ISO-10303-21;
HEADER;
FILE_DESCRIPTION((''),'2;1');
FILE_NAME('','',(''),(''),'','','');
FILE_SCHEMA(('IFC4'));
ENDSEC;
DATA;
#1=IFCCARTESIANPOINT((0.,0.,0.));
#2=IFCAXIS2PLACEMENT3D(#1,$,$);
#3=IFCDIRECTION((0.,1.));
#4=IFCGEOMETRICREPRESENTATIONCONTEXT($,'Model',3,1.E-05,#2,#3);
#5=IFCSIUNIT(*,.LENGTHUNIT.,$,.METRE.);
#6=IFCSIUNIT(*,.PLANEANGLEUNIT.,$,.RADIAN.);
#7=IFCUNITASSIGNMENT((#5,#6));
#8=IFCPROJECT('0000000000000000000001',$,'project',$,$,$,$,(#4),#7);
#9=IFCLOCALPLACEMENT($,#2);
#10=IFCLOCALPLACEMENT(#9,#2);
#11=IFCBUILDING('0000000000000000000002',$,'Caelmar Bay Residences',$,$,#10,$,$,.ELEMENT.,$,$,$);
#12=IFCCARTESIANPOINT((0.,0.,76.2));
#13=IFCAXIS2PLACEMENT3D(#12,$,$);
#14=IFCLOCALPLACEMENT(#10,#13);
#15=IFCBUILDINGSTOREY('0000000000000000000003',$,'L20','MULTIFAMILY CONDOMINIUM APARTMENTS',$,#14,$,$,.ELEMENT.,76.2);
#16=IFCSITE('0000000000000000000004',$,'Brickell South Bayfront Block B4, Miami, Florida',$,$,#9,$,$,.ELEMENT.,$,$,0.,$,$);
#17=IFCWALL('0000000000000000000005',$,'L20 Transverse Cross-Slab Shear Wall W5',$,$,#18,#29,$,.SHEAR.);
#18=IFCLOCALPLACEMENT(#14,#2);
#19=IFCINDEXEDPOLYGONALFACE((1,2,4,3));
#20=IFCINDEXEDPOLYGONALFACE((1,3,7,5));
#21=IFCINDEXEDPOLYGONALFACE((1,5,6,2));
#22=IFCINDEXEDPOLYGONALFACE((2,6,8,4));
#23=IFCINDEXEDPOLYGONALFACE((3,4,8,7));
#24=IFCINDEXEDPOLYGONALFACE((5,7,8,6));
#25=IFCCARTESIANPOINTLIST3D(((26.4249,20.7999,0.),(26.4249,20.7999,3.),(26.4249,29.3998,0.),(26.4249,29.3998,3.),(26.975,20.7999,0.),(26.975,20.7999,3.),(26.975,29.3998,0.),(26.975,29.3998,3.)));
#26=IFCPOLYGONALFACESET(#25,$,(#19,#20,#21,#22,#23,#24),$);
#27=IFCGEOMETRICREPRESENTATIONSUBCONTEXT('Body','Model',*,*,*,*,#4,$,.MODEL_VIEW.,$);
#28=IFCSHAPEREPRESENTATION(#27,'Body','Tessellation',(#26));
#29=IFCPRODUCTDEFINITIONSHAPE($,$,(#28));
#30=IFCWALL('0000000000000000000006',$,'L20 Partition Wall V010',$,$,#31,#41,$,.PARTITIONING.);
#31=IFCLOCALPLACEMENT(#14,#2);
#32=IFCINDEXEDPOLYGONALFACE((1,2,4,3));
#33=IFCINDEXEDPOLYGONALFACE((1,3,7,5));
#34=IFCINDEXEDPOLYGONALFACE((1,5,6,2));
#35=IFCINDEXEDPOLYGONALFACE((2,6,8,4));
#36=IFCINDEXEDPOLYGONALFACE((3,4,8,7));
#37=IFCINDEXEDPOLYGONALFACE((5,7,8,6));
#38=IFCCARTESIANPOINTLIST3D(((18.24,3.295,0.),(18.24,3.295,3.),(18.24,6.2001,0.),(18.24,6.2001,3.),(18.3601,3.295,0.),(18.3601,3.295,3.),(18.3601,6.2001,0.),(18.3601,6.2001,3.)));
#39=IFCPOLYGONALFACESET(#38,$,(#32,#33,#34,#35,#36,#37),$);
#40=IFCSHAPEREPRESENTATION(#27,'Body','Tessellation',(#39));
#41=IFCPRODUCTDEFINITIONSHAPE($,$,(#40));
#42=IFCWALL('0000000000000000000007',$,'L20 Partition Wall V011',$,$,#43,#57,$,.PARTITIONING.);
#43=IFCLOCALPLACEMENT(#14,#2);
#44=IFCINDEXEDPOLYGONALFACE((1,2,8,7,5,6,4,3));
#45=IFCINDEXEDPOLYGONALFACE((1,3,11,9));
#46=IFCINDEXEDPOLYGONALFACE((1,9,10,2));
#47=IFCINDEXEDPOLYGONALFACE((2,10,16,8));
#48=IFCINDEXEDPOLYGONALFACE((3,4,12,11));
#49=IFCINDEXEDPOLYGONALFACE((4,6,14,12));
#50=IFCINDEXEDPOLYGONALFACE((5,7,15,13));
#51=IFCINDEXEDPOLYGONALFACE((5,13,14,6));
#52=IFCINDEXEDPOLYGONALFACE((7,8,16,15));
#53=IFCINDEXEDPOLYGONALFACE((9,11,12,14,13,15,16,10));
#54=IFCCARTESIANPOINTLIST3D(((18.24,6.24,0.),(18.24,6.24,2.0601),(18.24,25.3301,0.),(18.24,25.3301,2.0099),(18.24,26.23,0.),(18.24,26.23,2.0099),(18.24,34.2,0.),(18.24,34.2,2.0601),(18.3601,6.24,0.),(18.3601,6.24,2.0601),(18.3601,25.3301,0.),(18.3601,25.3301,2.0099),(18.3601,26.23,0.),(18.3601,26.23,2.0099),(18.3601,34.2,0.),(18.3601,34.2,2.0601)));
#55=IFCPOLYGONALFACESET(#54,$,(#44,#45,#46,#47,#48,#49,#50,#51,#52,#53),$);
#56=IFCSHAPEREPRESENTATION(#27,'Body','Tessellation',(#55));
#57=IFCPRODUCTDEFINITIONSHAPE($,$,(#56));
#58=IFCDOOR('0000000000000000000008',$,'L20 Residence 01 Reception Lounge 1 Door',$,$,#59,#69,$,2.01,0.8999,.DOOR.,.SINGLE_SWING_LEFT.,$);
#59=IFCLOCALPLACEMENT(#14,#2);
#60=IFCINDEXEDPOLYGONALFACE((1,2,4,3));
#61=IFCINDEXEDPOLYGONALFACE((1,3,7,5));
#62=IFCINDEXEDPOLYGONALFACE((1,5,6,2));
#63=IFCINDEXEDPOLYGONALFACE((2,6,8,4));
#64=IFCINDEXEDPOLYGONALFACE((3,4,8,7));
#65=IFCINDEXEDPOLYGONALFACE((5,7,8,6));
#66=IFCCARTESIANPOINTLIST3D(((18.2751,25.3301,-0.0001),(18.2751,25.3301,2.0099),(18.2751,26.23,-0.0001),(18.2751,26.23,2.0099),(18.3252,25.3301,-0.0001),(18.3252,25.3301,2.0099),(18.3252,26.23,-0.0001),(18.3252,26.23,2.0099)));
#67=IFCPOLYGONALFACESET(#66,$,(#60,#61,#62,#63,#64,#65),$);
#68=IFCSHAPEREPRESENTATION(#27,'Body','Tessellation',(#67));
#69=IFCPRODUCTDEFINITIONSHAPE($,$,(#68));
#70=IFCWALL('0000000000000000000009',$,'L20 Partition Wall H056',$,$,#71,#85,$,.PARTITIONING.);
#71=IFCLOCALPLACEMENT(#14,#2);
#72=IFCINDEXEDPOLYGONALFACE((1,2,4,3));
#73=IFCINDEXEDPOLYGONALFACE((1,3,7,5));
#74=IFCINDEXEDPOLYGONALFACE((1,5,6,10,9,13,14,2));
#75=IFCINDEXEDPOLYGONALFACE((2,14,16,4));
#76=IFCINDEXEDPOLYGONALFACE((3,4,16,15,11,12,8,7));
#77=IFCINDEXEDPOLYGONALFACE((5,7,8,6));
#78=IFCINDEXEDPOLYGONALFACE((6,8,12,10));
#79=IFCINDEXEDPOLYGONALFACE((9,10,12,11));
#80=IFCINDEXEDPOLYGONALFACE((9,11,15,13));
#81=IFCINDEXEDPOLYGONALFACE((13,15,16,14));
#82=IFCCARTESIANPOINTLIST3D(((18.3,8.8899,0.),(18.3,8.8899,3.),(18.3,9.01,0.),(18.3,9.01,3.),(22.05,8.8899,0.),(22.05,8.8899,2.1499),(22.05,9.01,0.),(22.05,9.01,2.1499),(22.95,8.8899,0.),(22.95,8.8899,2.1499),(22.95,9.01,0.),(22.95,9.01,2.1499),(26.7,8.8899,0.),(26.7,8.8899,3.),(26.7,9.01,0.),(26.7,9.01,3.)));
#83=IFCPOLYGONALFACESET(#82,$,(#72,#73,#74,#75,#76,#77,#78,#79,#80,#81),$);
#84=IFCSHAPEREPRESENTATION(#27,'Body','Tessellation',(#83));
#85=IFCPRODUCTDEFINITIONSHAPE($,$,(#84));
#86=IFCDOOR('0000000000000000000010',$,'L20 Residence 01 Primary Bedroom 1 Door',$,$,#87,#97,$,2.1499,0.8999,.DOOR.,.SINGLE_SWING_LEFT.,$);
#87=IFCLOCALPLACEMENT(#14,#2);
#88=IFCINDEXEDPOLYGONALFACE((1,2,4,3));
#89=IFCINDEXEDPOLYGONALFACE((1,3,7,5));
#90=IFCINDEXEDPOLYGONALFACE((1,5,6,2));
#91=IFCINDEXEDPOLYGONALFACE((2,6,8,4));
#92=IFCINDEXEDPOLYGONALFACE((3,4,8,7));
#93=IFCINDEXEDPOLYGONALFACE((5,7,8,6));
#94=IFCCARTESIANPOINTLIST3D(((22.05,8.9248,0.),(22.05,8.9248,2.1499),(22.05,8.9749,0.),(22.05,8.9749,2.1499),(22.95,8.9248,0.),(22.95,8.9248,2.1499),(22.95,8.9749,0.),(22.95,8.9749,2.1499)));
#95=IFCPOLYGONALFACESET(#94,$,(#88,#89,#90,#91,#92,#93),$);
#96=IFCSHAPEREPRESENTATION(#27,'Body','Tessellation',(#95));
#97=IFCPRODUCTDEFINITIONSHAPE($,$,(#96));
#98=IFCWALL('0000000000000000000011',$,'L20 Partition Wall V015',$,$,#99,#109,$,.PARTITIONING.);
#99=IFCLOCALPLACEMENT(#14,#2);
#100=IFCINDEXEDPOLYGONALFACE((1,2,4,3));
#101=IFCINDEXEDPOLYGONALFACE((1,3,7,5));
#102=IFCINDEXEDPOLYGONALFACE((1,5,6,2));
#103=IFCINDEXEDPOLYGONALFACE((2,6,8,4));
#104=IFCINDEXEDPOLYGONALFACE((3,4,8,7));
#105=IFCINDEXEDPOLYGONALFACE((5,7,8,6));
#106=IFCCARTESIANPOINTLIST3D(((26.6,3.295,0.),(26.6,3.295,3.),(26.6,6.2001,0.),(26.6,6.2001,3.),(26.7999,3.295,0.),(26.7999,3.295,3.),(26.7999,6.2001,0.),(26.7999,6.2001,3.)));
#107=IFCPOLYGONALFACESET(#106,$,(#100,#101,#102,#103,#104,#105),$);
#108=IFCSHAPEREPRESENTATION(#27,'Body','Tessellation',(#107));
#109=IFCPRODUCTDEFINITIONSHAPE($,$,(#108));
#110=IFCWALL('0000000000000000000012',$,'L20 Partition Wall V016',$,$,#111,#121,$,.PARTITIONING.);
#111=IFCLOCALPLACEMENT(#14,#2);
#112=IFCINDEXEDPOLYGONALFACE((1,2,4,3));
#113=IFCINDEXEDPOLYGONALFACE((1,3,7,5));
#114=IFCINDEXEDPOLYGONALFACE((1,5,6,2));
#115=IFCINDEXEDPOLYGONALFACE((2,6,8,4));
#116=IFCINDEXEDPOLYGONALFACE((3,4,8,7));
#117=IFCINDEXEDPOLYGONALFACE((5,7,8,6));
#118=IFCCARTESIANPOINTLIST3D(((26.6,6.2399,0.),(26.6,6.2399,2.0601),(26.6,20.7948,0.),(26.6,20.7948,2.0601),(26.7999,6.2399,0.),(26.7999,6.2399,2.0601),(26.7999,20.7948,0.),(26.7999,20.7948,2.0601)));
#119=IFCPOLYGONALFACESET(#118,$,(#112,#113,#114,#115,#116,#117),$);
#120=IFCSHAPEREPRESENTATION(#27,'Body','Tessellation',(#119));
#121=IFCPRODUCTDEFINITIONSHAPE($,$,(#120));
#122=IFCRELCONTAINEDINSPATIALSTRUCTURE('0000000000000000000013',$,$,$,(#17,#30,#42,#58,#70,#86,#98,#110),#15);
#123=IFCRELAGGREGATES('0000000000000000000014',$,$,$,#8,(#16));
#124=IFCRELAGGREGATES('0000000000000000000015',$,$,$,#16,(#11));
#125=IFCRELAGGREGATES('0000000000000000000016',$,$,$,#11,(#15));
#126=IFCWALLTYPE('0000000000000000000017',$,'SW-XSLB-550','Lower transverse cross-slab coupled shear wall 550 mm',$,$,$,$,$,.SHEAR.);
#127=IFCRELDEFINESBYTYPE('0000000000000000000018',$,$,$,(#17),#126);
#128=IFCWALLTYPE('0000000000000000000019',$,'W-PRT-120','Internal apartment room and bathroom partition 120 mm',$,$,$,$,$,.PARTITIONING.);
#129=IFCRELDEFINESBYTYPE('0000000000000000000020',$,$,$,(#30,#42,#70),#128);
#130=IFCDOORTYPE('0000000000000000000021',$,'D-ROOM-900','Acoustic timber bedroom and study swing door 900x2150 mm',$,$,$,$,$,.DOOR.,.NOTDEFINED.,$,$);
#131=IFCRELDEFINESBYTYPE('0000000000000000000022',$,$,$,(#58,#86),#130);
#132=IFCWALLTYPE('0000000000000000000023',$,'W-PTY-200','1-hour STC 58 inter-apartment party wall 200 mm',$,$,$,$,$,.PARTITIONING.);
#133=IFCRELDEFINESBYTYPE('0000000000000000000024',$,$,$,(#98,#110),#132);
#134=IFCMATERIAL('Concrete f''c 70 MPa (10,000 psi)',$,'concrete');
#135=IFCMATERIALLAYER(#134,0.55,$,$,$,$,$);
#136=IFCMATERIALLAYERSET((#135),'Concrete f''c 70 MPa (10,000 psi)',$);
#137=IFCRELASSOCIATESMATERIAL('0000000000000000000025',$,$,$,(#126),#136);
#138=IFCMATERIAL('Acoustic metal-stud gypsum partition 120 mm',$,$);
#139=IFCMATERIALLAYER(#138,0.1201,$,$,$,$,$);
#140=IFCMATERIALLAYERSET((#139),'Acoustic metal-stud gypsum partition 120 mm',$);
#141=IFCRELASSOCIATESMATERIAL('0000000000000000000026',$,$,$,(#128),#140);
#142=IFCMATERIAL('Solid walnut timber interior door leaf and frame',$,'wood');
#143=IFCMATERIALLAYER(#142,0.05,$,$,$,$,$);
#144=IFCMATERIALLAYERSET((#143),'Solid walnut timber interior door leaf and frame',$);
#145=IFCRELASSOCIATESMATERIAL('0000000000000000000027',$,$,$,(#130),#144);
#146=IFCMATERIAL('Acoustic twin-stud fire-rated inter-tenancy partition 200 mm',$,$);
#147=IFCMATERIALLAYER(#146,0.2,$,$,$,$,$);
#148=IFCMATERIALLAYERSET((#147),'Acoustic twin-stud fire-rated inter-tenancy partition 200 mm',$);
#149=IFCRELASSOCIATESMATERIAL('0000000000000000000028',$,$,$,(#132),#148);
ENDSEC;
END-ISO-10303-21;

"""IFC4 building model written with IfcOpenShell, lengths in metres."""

from ifc_helpers import new_model, si_unit, direction, frame, frame_2d, origin, place, context, subcontext, project, spatial, rectangle, extrude, material, layer, layer_set, type_object, element, fill, save


model = new_model("IFC4")

# Units and contexts
model_context = context("Model", 3, precision=1e-05, world=origin(), true_north=direction((0.0, 1.0)))
body_context = subcontext(model_context, "Body", "Model", "MODEL_VIEW")
ifc_project = project(units=[si_unit("LENGTHUNIT", "METRE"), si_unit("PLANEANGLEUNIT", "RADIAN")], contexts=[model_context])

# Site, building, storey
site_placement = place(None, origin())
site = spatial("IfcSite", under=ifc_project, at=site_placement, Name="Brickell South Bayfront Block B4, Miami, Florida", CompositionType="ELEMENT", RefElevation=0.0)
building_placement = place(site_placement, origin())
building = spatial("IfcBuilding", under=site, at=building_placement, Name="Caelmar Bay Residences", CompositionType="ELEMENT")
storey_placement = place(building_placement, frame((0.0, 0.0, 76.2)))
storey = spatial("IfcBuildingStorey", under=building, at=storey_placement, Name="L20", Description="MULTIFAMILY CONDOMINIUM APARTMENTS", CompositionType="ELEMENT", Elevation=76.2)

# Shared definitions
ifc_material_1 = material(Name="Concrete f'c 70 MPa (10,000 psi)", Category="concrete")

# Walls
ifc_layer_1 = layer(ifc_material_1, 0.55)
ifc_layer_set_1 = layer_set([ifc_layer_1], Name="Concrete f'c 70 MPa (10,000 psi)")
wall_type_1 = type_object("IfcWallType", Name="SW-XSLB-550", Description="Lower transverse cross-slab coupled shear wall 550 mm", PredefinedType="SHEAR", material=ifc_layer_set_1)
wall_1_placement = place(storey_placement, frame((26.7, 20.8, 0.0), z_axis=(0.0, 0.0, 1.0), x_axis=(0.0, 1.0, 0.0)))
element("IfcWall", 1, at=wall_1_placement, inside=storey, type_object=wall_type_1, Name="L20 Transverse Cross-Slab Shear Wall W5", PredefinedType="SHEAR", context=body_context, shape_type="SweptSolid", body=[
    extrude(rectangle(XDim=8.5999, YDim=0.55, at=frame_2d((4.2998, 0.0))), origin(), (0.0, 0.0, 1.0), 3.0),
])
ifc_material_2 = material(Name="Acoustic metal-stud gypsum partition 120 mm")
ifc_layer_2 = layer(ifc_material_2, 0.1201)
ifc_layer_set_2 = layer_set([ifc_layer_2], Name="Acoustic metal-stud gypsum partition 120 mm")
wall_type_2 = type_object("IfcWallType", Name="W-PRT-120", Description="Internal apartment room and bathroom partition 120 mm", PredefinedType="PARTITIONING", material=ifc_layer_set_2)
wall_2_placement = place(storey_placement, frame((18.3, 3.2949, 0.0), z_axis=(0.0, 0.0, 1.0), x_axis=(0.0, 1.0, 0.0)))
element("IfcWall", 2, at=wall_2_placement, inside=storey, type_object=wall_type_2, Name="L20 Partition Wall V010", PredefinedType="PARTITIONING", context=body_context, shape_type="SweptSolid", body=[
    extrude(rectangle(XDim=2.905, YDim=0.1201, at=frame_2d((1.4526, 0.0))), origin(), (0.0, 0.0, 1.0), 3.0),
])

# Walls, openings, doors
wall_3_placement = place(storey_placement, frame((18.3, 6.24, 0.0), z_axis=(0.0, 0.0, 1.0), x_axis=(0.0, 1.0, 0.0)))
wall_3 = element("IfcWall", 3, at=wall_3_placement, inside=storey, type_object=wall_type_2, Name="L20 Partition Wall V011", PredefinedType="PARTITIONING", context=body_context, shape_type="SweptSolid", body=[
    extrude(rectangle(XDim=27.96, YDim=0.1201, at=frame_2d((13.98, 0.0))), origin(), (0.0, 0.0, 1.0), 2.0601),
])
opening_1_placement = place(wall_3_placement, frame((19.0901, 0.0, 0.0)))
opening_1 = element("IfcOpeningElement", 4, at=opening_1_placement, cuts=wall_3, PredefinedType="OPENING", context=body_context, shape_type="SweptSolid", body=[
    extrude(rectangle(XDim=0.8999, YDim=2.01, at=frame_2d((0.45, 1.0049))), frame((0.0, 0.0701, 0.0), z_axis=(0.0, -1.0, 0.0), x_axis=(1.0, 0.0, 0.0)), (0.0, 0.0, 1.0), 0.1401),
])
ifc_material_3 = material(Name="Solid walnut timber interior door leaf and frame", Category="wood")
ifc_layer_3 = layer(ifc_material_3, 0.05)
ifc_layer_set_3 = layer_set([ifc_layer_3], Name="Solid walnut timber interior door leaf and frame")
door_type = type_object("IfcDoorType", Name="D-ROOM-900", Description="Acoustic timber bedroom and study swing door 900x2150 mm", OperationType="NOTDEFINED", PredefinedType="DOOR", material=ifc_layer_set_3)
door_1_placement = place(opening_1_placement, origin())
door_1 = element("IfcDoor", 5, at=door_1_placement, inside=storey, type_object=door_type, Name="L20 Residence 01 Reception Lounge 1 Door", OperationType="SINGLE_SWING_LEFT", OverallHeight=2.01, OverallWidth=0.8999, PredefinedType="DOOR", context=body_context, shape_type="SweptSolid", body=[
    extrude(rectangle(XDim=0.8999, YDim=2.01, at=frame_2d((0.45, 1.0049))), frame((0.0, 0.0249, 0.0), z_axis=(0.0, -1.0, 0.0), x_axis=(1.0, 0.0, 0.0)), (0.0, 0.0, 1.0), 0.05),
])
fill(opening_1, door_1)
wall_4_placement = place(storey_placement, frame((18.3, 8.95, 0.0), z_axis=(0.0, 0.0, 1.0), x_axis=(1.0, 0.0, 0.0)))
wall_4 = element("IfcWall", 6, at=wall_4_placement, inside=storey, type_object=wall_type_2, Name="L20 Partition Wall H056", PredefinedType="PARTITIONING", context=body_context, shape_type="SweptSolid", body=[
    extrude(rectangle(XDim=8.3999, YDim=0.1201, at=frame_2d((4.2, 0.0))), origin(), (0.0, 0.0, 1.0), 3.0),
])
opening_2_placement = place(wall_4_placement, frame((3.75, 0.0, 0.0)))
opening_2 = element("IfcOpeningElement", 7, at=opening_2_placement, cuts=wall_4, PredefinedType="OPENING", context=body_context, shape_type="SweptSolid", body=[
    extrude(rectangle(XDim=0.8999, YDim=2.1499, at=frame_2d((0.45, 1.075))), frame((0.0, 0.0701, 0.0), z_axis=(0.0, -1.0, 0.0), x_axis=(1.0, 0.0, 0.0)), (0.0, 0.0, 1.0), 0.1401),
])
door_2_placement = place(opening_2_placement, origin())
door_2 = element("IfcDoor", 8, at=door_2_placement, inside=storey, type_object=door_type, Name="L20 Residence 01 Primary Bedroom 1 Door", OperationType="SINGLE_SWING_LEFT", OverallHeight=2.1499, OverallWidth=0.8999, PredefinedType="DOOR", context=body_context, shape_type="SweptSolid", body=[
    extrude(rectangle(XDim=0.8999, YDim=2.1499, at=frame_2d((0.45, 1.075))), frame((0.0, 0.0249, 0.0), z_axis=(0.0, -1.0, 0.0), x_axis=(1.0, 0.0, 0.0)), (0.0, 0.0, 1.0), 0.05),
])
fill(opening_2, door_2)

# Walls
ifc_material_4 = material(Name="Acoustic twin-stud fire-rated inter-tenancy partition 200 mm")
ifc_layer_4 = layer(ifc_material_4, 0.2)
ifc_layer_set_4 = layer_set([ifc_layer_4], Name="Acoustic twin-stud fire-rated inter-tenancy partition 200 mm")
wall_type_3 = type_object("IfcWallType", Name="W-PTY-200", Description="1-hour STC 58 inter-apartment party wall 200 mm", PredefinedType="PARTITIONING", material=ifc_layer_set_4)
wall_5_placement = place(storey_placement, frame((26.7, 3.2949, 0.0), z_axis=(0.0, 0.0, 1.0), x_axis=(0.0, 1.0, 0.0)))
element("IfcWall", 9, at=wall_5_placement, inside=storey, type_object=wall_type_3, Name="L20 Partition Wall V015", PredefinedType="PARTITIONING", context=body_context, shape_type="SweptSolid", body=[
    extrude(rectangle(XDim=2.905, YDim=0.2, at=frame_2d((1.4526, 0.0))), origin(), (0.0, 0.0, 1.0), 3.0),
])
wall_6_placement = place(storey_placement, frame((26.7, 6.24, 0.0), z_axis=(0.0, 0.0, 1.0), x_axis=(0.0, 1.0, 0.0)))
element("IfcWall", 10, at=wall_6_placement, inside=storey, type_object=wall_type_3, Name="L20 Partition Wall V016", PredefinedType="PARTITIONING", context=body_context, shape_type="SweptSolid", body=[
    extrude(rectangle(XDim=14.5549, YDim=0.2, at=frame_2d((7.2773, 0.0))), origin(), (0.0, 0.0, 1.0), 2.0601),
])

save(model, "model.ifc")
